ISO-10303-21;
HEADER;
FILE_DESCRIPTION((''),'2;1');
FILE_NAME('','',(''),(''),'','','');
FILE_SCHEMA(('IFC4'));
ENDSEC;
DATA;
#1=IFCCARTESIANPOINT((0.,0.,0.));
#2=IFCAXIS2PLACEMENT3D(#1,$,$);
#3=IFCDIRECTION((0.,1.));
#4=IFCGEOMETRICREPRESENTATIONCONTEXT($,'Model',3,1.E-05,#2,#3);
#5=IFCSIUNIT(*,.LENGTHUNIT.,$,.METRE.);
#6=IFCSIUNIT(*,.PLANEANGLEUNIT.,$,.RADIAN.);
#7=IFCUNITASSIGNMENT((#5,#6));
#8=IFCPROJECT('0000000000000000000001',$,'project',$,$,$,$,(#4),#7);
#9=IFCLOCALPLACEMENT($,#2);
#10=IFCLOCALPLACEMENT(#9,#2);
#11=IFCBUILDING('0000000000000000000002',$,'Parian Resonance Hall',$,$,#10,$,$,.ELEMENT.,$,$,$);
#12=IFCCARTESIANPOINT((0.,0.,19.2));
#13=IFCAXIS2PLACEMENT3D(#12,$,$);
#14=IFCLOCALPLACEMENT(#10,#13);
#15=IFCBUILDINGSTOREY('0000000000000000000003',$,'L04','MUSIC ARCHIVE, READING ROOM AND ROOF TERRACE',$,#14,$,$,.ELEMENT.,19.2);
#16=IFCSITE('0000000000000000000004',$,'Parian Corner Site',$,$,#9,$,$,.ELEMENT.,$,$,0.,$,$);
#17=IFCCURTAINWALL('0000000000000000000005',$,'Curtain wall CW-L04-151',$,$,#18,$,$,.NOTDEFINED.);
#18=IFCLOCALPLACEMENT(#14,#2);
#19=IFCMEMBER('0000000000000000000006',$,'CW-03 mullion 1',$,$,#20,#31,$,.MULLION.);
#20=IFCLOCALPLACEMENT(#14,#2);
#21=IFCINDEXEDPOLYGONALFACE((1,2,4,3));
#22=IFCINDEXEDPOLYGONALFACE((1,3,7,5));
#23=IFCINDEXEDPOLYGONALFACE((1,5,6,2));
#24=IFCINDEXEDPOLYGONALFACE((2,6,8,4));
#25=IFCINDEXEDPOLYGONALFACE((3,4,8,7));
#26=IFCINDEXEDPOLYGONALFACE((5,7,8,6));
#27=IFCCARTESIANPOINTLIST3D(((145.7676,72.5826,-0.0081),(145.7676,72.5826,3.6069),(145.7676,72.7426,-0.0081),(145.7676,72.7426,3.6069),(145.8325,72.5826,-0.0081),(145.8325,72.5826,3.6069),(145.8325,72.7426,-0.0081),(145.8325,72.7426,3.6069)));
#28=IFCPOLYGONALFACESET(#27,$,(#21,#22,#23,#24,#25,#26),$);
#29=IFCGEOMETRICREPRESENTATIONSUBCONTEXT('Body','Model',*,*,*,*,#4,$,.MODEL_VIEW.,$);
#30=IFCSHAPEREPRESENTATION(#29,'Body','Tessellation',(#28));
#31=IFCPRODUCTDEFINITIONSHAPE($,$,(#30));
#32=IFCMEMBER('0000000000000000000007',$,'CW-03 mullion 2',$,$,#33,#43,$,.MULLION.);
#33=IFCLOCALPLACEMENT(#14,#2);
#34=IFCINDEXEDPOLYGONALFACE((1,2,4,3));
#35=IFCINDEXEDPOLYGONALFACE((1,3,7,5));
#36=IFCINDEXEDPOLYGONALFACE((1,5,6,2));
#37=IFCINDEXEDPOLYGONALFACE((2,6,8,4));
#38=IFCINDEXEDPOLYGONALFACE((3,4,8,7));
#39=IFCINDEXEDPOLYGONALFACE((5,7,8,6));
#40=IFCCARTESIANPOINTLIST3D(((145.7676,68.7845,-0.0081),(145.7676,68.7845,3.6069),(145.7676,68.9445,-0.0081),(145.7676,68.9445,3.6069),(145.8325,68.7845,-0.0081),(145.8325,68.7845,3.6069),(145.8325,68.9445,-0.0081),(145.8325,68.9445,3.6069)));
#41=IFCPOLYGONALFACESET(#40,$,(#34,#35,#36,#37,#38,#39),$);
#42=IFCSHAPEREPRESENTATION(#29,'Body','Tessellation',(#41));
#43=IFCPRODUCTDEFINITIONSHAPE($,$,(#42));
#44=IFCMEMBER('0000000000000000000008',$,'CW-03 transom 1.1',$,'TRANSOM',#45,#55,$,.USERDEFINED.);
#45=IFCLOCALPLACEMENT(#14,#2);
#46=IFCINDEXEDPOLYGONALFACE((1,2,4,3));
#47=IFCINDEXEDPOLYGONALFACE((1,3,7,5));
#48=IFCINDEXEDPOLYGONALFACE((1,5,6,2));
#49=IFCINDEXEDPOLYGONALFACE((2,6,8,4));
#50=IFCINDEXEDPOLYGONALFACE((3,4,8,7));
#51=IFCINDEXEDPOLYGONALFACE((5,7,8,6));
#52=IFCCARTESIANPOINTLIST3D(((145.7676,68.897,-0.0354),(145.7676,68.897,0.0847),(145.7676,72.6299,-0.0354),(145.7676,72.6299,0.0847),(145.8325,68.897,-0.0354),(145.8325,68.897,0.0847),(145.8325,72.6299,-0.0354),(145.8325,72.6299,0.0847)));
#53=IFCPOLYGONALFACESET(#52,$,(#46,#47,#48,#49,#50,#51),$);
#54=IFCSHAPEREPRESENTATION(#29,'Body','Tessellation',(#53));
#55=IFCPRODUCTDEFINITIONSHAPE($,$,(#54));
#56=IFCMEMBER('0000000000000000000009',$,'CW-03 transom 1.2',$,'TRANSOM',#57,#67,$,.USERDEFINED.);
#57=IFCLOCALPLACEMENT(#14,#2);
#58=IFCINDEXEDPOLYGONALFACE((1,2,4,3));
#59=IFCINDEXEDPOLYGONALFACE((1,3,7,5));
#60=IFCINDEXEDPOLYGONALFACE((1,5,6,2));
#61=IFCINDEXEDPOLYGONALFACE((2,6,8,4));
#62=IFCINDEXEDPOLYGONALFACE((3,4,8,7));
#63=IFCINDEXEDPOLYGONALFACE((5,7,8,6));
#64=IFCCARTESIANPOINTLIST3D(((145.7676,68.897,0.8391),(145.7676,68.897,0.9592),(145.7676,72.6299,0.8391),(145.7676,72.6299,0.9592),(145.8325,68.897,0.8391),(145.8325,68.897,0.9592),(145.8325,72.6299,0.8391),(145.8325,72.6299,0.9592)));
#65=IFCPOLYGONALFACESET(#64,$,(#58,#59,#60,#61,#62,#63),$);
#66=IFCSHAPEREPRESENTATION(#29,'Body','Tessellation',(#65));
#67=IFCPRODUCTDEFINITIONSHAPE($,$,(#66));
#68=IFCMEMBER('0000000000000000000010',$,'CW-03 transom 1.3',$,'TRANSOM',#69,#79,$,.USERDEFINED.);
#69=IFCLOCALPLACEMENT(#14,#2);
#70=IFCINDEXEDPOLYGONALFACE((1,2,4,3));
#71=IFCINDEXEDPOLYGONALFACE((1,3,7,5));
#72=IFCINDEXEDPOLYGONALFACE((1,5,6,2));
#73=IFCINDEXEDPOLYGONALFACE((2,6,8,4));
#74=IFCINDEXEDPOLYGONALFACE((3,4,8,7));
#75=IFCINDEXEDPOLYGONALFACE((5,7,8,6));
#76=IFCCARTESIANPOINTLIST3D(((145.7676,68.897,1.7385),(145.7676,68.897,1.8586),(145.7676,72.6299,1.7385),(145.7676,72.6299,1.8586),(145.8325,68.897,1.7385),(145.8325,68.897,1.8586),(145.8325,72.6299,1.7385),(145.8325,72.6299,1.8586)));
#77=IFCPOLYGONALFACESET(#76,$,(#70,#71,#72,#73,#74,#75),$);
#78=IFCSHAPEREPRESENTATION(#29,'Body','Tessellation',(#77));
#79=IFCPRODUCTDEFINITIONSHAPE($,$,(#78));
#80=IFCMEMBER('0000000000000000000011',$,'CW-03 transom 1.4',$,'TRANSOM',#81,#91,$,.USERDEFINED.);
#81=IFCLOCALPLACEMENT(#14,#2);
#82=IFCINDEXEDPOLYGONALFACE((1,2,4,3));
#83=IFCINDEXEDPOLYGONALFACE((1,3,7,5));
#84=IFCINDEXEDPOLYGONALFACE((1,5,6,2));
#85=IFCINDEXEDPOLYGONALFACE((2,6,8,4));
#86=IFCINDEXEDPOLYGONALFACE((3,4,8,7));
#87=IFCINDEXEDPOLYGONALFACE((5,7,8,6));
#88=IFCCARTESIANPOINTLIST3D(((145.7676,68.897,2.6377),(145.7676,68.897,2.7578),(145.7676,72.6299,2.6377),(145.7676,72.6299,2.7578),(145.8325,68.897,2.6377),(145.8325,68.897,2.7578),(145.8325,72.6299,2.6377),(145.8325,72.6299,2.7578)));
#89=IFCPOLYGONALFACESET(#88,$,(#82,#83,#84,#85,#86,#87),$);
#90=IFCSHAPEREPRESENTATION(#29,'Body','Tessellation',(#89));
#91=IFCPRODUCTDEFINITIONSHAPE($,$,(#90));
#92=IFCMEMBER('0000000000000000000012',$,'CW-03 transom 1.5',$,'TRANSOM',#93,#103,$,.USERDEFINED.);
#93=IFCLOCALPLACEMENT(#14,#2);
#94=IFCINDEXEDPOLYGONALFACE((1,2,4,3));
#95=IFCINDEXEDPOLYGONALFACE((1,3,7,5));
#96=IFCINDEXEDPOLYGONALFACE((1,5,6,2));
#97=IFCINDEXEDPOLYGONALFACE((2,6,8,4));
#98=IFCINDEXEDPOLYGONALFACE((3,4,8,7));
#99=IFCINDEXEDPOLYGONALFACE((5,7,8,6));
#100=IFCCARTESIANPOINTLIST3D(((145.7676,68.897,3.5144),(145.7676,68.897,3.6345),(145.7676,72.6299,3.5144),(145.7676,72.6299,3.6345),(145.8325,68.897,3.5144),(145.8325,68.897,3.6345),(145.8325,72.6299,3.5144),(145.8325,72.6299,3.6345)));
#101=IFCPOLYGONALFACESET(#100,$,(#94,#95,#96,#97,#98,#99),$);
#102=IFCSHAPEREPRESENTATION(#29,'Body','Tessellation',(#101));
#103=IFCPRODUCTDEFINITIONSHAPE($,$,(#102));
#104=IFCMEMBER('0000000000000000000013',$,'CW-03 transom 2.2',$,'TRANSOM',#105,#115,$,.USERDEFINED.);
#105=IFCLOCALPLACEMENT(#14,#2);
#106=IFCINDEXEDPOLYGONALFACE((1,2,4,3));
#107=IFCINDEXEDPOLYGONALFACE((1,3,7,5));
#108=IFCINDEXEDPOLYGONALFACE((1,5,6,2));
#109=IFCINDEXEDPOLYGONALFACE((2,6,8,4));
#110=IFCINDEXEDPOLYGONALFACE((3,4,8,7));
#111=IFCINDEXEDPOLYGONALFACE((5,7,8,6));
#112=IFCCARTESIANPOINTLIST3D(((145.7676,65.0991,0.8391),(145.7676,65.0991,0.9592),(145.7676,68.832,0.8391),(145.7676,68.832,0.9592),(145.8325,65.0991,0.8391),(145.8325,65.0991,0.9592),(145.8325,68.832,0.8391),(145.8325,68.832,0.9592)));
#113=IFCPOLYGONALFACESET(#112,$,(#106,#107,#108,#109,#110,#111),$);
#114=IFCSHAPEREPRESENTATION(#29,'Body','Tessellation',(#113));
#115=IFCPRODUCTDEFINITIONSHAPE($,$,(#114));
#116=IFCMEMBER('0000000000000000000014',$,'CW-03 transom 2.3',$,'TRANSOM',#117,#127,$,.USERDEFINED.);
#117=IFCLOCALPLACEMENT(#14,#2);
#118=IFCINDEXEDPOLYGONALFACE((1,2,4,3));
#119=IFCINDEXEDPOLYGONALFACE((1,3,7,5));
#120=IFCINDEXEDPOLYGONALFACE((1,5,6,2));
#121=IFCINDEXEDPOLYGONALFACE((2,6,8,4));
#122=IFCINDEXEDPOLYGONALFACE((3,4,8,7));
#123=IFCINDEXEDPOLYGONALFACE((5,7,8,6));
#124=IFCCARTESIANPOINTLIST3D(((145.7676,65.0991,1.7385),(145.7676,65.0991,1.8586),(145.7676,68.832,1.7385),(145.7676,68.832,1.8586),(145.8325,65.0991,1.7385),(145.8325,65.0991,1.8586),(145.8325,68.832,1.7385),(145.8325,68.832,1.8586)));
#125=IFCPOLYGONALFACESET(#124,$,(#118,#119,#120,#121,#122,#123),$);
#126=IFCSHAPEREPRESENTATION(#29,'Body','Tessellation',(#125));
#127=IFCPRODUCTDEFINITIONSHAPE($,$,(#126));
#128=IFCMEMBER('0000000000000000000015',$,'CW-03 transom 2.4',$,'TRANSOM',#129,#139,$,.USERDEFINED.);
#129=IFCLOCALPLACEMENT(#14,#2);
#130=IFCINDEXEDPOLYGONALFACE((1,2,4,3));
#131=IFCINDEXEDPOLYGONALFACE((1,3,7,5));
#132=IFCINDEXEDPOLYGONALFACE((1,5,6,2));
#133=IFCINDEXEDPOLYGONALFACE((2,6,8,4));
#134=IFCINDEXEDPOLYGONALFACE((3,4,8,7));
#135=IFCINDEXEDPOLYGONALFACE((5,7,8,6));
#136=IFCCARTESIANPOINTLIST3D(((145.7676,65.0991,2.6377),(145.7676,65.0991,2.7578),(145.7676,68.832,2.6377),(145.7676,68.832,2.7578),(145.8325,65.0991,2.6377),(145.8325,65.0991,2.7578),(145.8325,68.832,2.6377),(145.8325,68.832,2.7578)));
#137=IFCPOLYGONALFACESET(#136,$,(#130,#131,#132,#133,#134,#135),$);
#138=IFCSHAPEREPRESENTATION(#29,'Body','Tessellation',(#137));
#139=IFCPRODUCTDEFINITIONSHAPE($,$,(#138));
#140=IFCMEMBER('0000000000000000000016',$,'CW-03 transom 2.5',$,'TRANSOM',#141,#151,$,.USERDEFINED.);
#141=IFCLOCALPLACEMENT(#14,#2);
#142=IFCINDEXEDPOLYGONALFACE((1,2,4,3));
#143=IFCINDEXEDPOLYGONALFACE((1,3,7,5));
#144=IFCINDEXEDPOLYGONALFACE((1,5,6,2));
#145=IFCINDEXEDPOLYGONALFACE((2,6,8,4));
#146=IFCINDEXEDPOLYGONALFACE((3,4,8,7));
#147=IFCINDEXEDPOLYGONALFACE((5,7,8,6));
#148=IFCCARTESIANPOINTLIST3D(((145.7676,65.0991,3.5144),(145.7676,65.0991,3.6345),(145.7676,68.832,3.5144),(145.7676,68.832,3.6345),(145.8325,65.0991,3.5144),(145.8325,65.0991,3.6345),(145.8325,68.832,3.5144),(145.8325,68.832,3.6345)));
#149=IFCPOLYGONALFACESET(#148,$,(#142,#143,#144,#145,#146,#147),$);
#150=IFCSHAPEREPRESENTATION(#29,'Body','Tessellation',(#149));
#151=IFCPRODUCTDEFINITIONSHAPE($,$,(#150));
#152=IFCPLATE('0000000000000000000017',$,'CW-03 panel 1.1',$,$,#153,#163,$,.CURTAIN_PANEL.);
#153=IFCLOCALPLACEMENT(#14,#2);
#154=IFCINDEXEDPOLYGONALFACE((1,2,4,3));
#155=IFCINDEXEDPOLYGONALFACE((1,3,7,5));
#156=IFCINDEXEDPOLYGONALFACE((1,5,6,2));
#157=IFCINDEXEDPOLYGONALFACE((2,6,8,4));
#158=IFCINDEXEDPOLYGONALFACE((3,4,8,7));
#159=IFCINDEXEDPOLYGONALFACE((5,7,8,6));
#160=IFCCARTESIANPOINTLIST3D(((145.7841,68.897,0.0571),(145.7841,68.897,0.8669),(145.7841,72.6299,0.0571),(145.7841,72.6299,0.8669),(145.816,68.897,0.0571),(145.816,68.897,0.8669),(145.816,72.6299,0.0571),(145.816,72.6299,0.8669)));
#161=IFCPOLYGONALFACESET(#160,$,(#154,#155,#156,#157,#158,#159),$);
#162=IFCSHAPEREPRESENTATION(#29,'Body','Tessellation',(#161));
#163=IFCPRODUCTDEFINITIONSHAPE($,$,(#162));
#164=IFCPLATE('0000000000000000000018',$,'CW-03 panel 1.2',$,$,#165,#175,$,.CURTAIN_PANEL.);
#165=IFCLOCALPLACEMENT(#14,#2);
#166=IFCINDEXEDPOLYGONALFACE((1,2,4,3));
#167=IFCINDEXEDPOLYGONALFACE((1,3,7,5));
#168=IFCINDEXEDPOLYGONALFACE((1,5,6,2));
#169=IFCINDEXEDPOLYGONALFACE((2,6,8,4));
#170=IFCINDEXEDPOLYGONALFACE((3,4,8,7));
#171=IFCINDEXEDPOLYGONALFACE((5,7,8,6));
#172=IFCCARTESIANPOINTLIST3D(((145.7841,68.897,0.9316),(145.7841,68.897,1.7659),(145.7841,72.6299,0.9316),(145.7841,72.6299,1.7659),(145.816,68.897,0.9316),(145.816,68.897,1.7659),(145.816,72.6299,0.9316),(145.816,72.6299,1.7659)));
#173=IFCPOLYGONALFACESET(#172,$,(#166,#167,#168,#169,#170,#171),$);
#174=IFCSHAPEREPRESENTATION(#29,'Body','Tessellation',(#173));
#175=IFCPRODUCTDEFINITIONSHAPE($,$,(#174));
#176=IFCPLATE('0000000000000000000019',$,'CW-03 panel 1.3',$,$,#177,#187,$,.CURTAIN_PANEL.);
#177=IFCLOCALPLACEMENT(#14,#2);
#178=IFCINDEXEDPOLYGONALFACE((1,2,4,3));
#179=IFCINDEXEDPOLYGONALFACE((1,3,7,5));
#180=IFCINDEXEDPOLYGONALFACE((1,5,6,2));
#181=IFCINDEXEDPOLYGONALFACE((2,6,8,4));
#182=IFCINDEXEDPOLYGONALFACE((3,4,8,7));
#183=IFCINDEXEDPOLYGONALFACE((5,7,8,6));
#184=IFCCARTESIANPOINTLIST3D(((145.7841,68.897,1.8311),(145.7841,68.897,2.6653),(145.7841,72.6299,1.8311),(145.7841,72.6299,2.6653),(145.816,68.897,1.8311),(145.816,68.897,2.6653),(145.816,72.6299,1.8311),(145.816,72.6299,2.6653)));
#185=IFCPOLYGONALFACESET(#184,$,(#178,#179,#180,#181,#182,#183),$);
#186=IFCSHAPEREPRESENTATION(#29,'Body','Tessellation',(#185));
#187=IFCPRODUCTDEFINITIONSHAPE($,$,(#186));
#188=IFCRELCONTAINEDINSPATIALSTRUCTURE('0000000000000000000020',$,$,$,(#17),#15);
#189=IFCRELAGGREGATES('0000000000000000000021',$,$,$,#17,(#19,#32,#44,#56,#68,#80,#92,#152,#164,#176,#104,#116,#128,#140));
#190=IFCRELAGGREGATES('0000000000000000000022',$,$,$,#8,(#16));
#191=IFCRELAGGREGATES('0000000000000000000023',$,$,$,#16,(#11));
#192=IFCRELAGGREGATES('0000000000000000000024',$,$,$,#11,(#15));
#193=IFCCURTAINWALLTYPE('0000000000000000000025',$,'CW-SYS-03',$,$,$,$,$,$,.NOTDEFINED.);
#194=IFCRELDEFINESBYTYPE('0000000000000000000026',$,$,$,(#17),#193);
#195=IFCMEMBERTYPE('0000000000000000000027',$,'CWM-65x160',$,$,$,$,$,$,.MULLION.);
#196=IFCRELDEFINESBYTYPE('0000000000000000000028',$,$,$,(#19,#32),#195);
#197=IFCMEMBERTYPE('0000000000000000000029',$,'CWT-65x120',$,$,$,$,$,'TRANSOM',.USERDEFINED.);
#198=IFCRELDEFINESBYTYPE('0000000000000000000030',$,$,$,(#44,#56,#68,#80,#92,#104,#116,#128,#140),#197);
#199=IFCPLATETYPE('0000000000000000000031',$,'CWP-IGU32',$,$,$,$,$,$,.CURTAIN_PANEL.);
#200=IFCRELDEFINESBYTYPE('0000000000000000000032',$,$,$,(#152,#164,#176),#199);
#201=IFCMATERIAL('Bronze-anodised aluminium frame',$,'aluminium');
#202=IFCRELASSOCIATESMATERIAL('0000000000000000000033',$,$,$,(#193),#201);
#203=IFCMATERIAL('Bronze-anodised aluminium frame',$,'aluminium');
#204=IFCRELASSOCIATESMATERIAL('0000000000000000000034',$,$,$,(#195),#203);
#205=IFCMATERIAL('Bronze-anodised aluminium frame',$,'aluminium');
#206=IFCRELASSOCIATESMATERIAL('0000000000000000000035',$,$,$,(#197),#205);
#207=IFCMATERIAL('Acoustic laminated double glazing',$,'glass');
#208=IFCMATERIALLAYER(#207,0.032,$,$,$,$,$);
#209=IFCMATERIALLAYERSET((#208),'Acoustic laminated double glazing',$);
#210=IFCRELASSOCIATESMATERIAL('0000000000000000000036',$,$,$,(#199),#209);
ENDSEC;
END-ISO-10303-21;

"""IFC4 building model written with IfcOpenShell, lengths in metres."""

from ifc_helpers import new_model, si_unit, direction, frame, origin, origin_2d, place, context, subcontext, project, spatial, rectangle, extrude, material, layer, layer_set, material_profile, profile_set, type_object, element, aggregate, save


model = new_model("IFC4")

# Units and contexts
model_context = context("Model", 3, precision=1e-05, world=origin(), true_north=direction((0.0, 1.0)))
body_context = subcontext(model_context, "Body", "Model", "MODEL_VIEW")
ifc_project = project(units=[si_unit("LENGTHUNIT", "METRE"), si_unit("PLANEANGLEUNIT", "RADIAN")], contexts=[model_context])

# Site, building, storey
site_placement = place(None, origin())
site = spatial("IfcSite", under=ifc_project, at=site_placement, Name="Parian Corner Site", CompositionType="ELEMENT", RefElevation=0.0)
building_placement = place(site_placement, origin())
building = spatial("IfcBuilding", under=site, at=building_placement, Name="Parian Resonance Hall", CompositionType="ELEMENT")
storey_placement = place(building_placement, frame((0.0, 0.0, 19.2)))
storey = spatial("IfcBuildingStorey", under=building, at=storey_placement, Name="L04", Description="MUSIC ARCHIVE, READING ROOM AND ROOF TERRACE", CompositionType="ELEMENT", Elevation=19.2)

# Curtain wall, members, plates
ifc_material_1 = material(Name="Bronze-anodised aluminium frame", Category="aluminium")
curtain_wall_type = type_object("IfcCurtainWallType", Name="CW-SYS-03", PredefinedType="NOTDEFINED", material=ifc_material_1)
curtain_wall_placement = place(storey_placement, origin())
curtain_wall = element("IfcCurtainWall", 1, at=curtain_wall_placement, inside=storey, type_object=curtain_wall_type, Name="Curtain wall CW-L04-151", PredefinedType="NOTDEFINED")
ifc_material_2 = material(Name="Bronze-anodised aluminium frame", Category="aluminium")
ifc_material_profile_1 = material_profile(ifc_material_2, rectangle(XDim=0.0649, YDim=0.1599, at=origin_2d()), Name="CWM-65x160")
ifc_profile_set_1 = profile_set([ifc_material_profile_1], Name="Bronze-anodised aluminium frame")
member_type_1 = type_object("IfcMemberType", Name="CWM-65x160", PredefinedType="MULLION", material=ifc_profile_set_1)
member_1_placement = place(storey_placement, frame((145.8, 72.6626, -0.0081), z_axis=(0.0, 0.0, 1.0), x_axis=(1.0, 0.0, 0.0)))
member_1 = element("IfcMember", 2, at=member_1_placement, type_object=member_type_1, Name="CW-03 mullion 1", PredefinedType="MULLION", context=body_context, shape_type="SweptSolid", body=[
    extrude(rectangle(XDim=0.0649, YDim=0.1599, at=origin_2d()), origin(), (0.0, 0.0, 1.0), 3.615),
])
member_2_placement = place(storey_placement, frame((145.8, 68.8645, -0.0081), z_axis=(0.0, 0.0, 1.0), x_axis=(1.0, 0.0, 0.0)))
member_2 = element("IfcMember", 3, at=member_2_placement, type_object=member_type_1, Name="CW-03 mullion 2", PredefinedType="MULLION", context=body_context, shape_type="SweptSolid", body=[
    extrude(rectangle(XDim=0.0649, YDim=0.1599, at=origin_2d()), origin(), (0.0, 0.0, 1.0), 3.615),
])
ifc_material_3 = material(Name="Bronze-anodised aluminium frame", Category="aluminium")
ifc_material_profile_2 = material_profile(ifc_material_3, rectangle(XDim=0.0649, YDim=0.1201, at=origin_2d()), Name="CWT-65x120")
ifc_profile_set_2 = profile_set([ifc_material_profile_2], Name="Bronze-anodised aluminium frame")
member_type_2 = type_object("IfcMemberType", Name="CWT-65x120", ElementType="TRANSOM", PredefinedType="USERDEFINED", material=ifc_profile_set_2)
member_3_placement = place(storey_placement, frame((145.8, 72.6299, 0.0247), z_axis=(0.0, -1.0, 0.0), x_axis=(1.0, 0.0, 0.0)))
member_3 = element("IfcMember", 4, at=member_3_placement, type_object=member_type_2, Name="CW-03 transom 1.1", ObjectType="TRANSOM", PredefinedType="USERDEFINED", context=body_context, shape_type="SweptSolid", body=[
    extrude(rectangle(XDim=0.0649, YDim=0.1201, at=origin_2d()), origin(), (0.0, 0.0, 1.0), 3.7329),
])
member_4_placement = place(storey_placement, frame((145.8, 72.6299, 0.8992), z_axis=(0.0, -1.0, 0.0), x_axis=(1.0, 0.0, 0.0)))
member_4 = element("IfcMember", 5, at=member_4_placement, type_object=member_type_2, Name="CW-03 transom 1.2", ObjectType="TRANSOM", PredefinedType="USERDEFINED", context=body_context, shape_type="SweptSolid", body=[
    extrude(rectangle(XDim=0.0649, YDim=0.1201, at=origin_2d()), origin(), (0.0, 0.0, 1.0), 3.7329),
])
member_5_placement = place(storey_placement, frame((145.8, 72.6299, 1.7986), z_axis=(0.0, -1.0, 0.0), x_axis=(1.0, 0.0, 0.0)))
member_5 = element("IfcMember", 6, at=member_5_placement, type_object=member_type_2, Name="CW-03 transom 1.3", ObjectType="TRANSOM", PredefinedType="USERDEFINED", context=body_context, shape_type="SweptSolid", body=[
    extrude(rectangle(XDim=0.0649, YDim=0.1201, at=origin_2d()), origin(), (0.0, 0.0, 1.0), 3.7329),
])
member_6_placement = place(storey_placement, frame((145.8, 72.6299, 2.6978), z_axis=(0.0, -1.0, 0.0), x_axis=(1.0, 0.0, 0.0)))
member_6 = element("IfcMember", 7, at=member_6_placement, type_object=member_type_2, Name="CW-03 transom 1.4", ObjectType="TRANSOM", PredefinedType="USERDEFINED", context=body_context, shape_type="SweptSolid", body=[
    extrude(rectangle(XDim=0.0649, YDim=0.1201, at=origin_2d()), origin(), (0.0, 0.0, 1.0), 3.7329),
])
member_7_placement = place(storey_placement, frame((145.8, 72.6299, 3.5745), z_axis=(0.0, -1.0, 0.0), x_axis=(1.0, 0.0, 0.0)))
member_7 = element("IfcMember", 8, at=member_7_placement, type_object=member_type_2, Name="CW-03 transom 1.5", ObjectType="TRANSOM", PredefinedType="USERDEFINED", context=body_context, shape_type="SweptSolid", body=[
    extrude(rectangle(XDim=0.0649, YDim=0.1201, at=origin_2d()), origin(), (0.0, 0.0, 1.0), 3.7329),
])
member_8_placement = place(storey_placement, frame((145.8, 68.832, 0.8992), z_axis=(0.0, -1.0, 0.0), x_axis=(1.0, 0.0, 0.0)))
member_8 = element("IfcMember", 9, at=member_8_placement, type_object=member_type_2, Name="CW-03 transom 2.2", ObjectType="TRANSOM", PredefinedType="USERDEFINED", context=body_context, shape_type="SweptSolid", body=[
    extrude(rectangle(XDim=0.0649, YDim=0.1201, at=origin_2d()), origin(), (0.0, 0.0, 1.0), 3.7329),
])
member_9_placement = place(storey_placement, frame((145.8, 68.832, 1.7986), z_axis=(0.0, -1.0, 0.0), x_axis=(1.0, 0.0, 0.0)))
member_9 = element("IfcMember", 10, at=member_9_placement, type_object=member_type_2, Name="CW-03 transom 2.3", ObjectType="TRANSOM", PredefinedType="USERDEFINED", context=body_context, shape_type="SweptSolid", body=[
    extrude(rectangle(XDim=0.0649, YDim=0.1201, at=origin_2d()), origin(), (0.0, 0.0, 1.0), 3.7329),
])
member_10_placement = place(storey_placement, frame((145.8, 68.832, 2.6978), z_axis=(0.0, -1.0, 0.0), x_axis=(1.0, 0.0, 0.0)))
member_10 = element("IfcMember", 11, at=member_10_placement, type_object=member_type_2, Name="CW-03 transom 2.4", ObjectType="TRANSOM", PredefinedType="USERDEFINED", context=body_context, shape_type="SweptSolid", body=[
    extrude(rectangle(XDim=0.0649, YDim=0.1201, at=origin_2d()), origin(), (0.0, 0.0, 1.0), 3.7329),
])
member_11_placement = place(storey_placement, frame((145.8, 68.832, 3.5745), z_axis=(0.0, -1.0, 0.0), x_axis=(1.0, 0.0, 0.0)))
member_11 = element("IfcMember", 12, at=member_11_placement, type_object=member_type_2, Name="CW-03 transom 2.5", ObjectType="TRANSOM", PredefinedType="USERDEFINED", context=body_context, shape_type="SweptSolid", body=[
    extrude(rectangle(XDim=0.0649, YDim=0.1201, at=origin_2d()), origin(), (0.0, 0.0, 1.0), 3.7329),
])
ifc_material_4 = material(Name="Acoustic laminated double glazing", Category="glass")
ifc_layer_1 = layer(ifc_material_4, 0.032)
ifc_layer_set_1 = layer_set([ifc_layer_1], Name="Acoustic laminated double glazing")
plate_type_1 = type_object("IfcPlateType", Name="CWP-IGU32", PredefinedType="CURTAIN_PANEL", material=ifc_layer_set_1)
plate_1_placement = place(storey_placement, frame((145.8, 70.7634, 0.0571), z_axis=(0.0, 0.0, 1.0), x_axis=(0.0, -1.0, 0.0)))
plate_1 = element("IfcPlate", 13, at=plate_1_placement, type_object=plate_type_1, Name="CW-03 panel 1.1", PredefinedType="CURTAIN_PANEL", context=body_context, shape_type="SweptSolid", body=[
    extrude(rectangle(XDim=3.7329, YDim=0.032, at=origin_2d()), origin(), (0.0, 0.0, 1.0), 0.8098),
])
plate_2_placement = place(storey_placement, frame((145.8, 70.7634, 0.9316), z_axis=(0.0, 0.0, 1.0), x_axis=(0.0, -1.0, 0.0)))
plate_2 = element("IfcPlate", 14, at=plate_2_placement, type_object=plate_type_1, Name="CW-03 panel 1.2", PredefinedType="CURTAIN_PANEL", context=body_context, shape_type="SweptSolid", body=[
    extrude(rectangle(XDim=3.7329, YDim=0.032, at=origin_2d()), origin(), (0.0, 0.0, 1.0), 0.8342),
])
plate_3_placement = place(storey_placement, frame((145.8, 70.7634, 1.8311), z_axis=(0.0, 0.0, 1.0), x_axis=(0.0, -1.0, 0.0)))
plate_3 = element("IfcPlate", 15, at=plate_3_placement, type_object=plate_type_1, Name="CW-03 panel 1.3", PredefinedType="CURTAIN_PANEL", context=body_context, shape_type="SweptSolid", body=[
    extrude(rectangle(XDim=3.7329, YDim=0.032, at=origin_2d()), origin(), (0.0, 0.0, 1.0), 0.8342),
])
aggregate(curtain_wall, [member_1, member_2, member_3, member_4, member_5, member_6, member_7, plate_1, plate_2, plate_3, member_8, member_9, member_10, member_11])

save(model, "model.ifc")
